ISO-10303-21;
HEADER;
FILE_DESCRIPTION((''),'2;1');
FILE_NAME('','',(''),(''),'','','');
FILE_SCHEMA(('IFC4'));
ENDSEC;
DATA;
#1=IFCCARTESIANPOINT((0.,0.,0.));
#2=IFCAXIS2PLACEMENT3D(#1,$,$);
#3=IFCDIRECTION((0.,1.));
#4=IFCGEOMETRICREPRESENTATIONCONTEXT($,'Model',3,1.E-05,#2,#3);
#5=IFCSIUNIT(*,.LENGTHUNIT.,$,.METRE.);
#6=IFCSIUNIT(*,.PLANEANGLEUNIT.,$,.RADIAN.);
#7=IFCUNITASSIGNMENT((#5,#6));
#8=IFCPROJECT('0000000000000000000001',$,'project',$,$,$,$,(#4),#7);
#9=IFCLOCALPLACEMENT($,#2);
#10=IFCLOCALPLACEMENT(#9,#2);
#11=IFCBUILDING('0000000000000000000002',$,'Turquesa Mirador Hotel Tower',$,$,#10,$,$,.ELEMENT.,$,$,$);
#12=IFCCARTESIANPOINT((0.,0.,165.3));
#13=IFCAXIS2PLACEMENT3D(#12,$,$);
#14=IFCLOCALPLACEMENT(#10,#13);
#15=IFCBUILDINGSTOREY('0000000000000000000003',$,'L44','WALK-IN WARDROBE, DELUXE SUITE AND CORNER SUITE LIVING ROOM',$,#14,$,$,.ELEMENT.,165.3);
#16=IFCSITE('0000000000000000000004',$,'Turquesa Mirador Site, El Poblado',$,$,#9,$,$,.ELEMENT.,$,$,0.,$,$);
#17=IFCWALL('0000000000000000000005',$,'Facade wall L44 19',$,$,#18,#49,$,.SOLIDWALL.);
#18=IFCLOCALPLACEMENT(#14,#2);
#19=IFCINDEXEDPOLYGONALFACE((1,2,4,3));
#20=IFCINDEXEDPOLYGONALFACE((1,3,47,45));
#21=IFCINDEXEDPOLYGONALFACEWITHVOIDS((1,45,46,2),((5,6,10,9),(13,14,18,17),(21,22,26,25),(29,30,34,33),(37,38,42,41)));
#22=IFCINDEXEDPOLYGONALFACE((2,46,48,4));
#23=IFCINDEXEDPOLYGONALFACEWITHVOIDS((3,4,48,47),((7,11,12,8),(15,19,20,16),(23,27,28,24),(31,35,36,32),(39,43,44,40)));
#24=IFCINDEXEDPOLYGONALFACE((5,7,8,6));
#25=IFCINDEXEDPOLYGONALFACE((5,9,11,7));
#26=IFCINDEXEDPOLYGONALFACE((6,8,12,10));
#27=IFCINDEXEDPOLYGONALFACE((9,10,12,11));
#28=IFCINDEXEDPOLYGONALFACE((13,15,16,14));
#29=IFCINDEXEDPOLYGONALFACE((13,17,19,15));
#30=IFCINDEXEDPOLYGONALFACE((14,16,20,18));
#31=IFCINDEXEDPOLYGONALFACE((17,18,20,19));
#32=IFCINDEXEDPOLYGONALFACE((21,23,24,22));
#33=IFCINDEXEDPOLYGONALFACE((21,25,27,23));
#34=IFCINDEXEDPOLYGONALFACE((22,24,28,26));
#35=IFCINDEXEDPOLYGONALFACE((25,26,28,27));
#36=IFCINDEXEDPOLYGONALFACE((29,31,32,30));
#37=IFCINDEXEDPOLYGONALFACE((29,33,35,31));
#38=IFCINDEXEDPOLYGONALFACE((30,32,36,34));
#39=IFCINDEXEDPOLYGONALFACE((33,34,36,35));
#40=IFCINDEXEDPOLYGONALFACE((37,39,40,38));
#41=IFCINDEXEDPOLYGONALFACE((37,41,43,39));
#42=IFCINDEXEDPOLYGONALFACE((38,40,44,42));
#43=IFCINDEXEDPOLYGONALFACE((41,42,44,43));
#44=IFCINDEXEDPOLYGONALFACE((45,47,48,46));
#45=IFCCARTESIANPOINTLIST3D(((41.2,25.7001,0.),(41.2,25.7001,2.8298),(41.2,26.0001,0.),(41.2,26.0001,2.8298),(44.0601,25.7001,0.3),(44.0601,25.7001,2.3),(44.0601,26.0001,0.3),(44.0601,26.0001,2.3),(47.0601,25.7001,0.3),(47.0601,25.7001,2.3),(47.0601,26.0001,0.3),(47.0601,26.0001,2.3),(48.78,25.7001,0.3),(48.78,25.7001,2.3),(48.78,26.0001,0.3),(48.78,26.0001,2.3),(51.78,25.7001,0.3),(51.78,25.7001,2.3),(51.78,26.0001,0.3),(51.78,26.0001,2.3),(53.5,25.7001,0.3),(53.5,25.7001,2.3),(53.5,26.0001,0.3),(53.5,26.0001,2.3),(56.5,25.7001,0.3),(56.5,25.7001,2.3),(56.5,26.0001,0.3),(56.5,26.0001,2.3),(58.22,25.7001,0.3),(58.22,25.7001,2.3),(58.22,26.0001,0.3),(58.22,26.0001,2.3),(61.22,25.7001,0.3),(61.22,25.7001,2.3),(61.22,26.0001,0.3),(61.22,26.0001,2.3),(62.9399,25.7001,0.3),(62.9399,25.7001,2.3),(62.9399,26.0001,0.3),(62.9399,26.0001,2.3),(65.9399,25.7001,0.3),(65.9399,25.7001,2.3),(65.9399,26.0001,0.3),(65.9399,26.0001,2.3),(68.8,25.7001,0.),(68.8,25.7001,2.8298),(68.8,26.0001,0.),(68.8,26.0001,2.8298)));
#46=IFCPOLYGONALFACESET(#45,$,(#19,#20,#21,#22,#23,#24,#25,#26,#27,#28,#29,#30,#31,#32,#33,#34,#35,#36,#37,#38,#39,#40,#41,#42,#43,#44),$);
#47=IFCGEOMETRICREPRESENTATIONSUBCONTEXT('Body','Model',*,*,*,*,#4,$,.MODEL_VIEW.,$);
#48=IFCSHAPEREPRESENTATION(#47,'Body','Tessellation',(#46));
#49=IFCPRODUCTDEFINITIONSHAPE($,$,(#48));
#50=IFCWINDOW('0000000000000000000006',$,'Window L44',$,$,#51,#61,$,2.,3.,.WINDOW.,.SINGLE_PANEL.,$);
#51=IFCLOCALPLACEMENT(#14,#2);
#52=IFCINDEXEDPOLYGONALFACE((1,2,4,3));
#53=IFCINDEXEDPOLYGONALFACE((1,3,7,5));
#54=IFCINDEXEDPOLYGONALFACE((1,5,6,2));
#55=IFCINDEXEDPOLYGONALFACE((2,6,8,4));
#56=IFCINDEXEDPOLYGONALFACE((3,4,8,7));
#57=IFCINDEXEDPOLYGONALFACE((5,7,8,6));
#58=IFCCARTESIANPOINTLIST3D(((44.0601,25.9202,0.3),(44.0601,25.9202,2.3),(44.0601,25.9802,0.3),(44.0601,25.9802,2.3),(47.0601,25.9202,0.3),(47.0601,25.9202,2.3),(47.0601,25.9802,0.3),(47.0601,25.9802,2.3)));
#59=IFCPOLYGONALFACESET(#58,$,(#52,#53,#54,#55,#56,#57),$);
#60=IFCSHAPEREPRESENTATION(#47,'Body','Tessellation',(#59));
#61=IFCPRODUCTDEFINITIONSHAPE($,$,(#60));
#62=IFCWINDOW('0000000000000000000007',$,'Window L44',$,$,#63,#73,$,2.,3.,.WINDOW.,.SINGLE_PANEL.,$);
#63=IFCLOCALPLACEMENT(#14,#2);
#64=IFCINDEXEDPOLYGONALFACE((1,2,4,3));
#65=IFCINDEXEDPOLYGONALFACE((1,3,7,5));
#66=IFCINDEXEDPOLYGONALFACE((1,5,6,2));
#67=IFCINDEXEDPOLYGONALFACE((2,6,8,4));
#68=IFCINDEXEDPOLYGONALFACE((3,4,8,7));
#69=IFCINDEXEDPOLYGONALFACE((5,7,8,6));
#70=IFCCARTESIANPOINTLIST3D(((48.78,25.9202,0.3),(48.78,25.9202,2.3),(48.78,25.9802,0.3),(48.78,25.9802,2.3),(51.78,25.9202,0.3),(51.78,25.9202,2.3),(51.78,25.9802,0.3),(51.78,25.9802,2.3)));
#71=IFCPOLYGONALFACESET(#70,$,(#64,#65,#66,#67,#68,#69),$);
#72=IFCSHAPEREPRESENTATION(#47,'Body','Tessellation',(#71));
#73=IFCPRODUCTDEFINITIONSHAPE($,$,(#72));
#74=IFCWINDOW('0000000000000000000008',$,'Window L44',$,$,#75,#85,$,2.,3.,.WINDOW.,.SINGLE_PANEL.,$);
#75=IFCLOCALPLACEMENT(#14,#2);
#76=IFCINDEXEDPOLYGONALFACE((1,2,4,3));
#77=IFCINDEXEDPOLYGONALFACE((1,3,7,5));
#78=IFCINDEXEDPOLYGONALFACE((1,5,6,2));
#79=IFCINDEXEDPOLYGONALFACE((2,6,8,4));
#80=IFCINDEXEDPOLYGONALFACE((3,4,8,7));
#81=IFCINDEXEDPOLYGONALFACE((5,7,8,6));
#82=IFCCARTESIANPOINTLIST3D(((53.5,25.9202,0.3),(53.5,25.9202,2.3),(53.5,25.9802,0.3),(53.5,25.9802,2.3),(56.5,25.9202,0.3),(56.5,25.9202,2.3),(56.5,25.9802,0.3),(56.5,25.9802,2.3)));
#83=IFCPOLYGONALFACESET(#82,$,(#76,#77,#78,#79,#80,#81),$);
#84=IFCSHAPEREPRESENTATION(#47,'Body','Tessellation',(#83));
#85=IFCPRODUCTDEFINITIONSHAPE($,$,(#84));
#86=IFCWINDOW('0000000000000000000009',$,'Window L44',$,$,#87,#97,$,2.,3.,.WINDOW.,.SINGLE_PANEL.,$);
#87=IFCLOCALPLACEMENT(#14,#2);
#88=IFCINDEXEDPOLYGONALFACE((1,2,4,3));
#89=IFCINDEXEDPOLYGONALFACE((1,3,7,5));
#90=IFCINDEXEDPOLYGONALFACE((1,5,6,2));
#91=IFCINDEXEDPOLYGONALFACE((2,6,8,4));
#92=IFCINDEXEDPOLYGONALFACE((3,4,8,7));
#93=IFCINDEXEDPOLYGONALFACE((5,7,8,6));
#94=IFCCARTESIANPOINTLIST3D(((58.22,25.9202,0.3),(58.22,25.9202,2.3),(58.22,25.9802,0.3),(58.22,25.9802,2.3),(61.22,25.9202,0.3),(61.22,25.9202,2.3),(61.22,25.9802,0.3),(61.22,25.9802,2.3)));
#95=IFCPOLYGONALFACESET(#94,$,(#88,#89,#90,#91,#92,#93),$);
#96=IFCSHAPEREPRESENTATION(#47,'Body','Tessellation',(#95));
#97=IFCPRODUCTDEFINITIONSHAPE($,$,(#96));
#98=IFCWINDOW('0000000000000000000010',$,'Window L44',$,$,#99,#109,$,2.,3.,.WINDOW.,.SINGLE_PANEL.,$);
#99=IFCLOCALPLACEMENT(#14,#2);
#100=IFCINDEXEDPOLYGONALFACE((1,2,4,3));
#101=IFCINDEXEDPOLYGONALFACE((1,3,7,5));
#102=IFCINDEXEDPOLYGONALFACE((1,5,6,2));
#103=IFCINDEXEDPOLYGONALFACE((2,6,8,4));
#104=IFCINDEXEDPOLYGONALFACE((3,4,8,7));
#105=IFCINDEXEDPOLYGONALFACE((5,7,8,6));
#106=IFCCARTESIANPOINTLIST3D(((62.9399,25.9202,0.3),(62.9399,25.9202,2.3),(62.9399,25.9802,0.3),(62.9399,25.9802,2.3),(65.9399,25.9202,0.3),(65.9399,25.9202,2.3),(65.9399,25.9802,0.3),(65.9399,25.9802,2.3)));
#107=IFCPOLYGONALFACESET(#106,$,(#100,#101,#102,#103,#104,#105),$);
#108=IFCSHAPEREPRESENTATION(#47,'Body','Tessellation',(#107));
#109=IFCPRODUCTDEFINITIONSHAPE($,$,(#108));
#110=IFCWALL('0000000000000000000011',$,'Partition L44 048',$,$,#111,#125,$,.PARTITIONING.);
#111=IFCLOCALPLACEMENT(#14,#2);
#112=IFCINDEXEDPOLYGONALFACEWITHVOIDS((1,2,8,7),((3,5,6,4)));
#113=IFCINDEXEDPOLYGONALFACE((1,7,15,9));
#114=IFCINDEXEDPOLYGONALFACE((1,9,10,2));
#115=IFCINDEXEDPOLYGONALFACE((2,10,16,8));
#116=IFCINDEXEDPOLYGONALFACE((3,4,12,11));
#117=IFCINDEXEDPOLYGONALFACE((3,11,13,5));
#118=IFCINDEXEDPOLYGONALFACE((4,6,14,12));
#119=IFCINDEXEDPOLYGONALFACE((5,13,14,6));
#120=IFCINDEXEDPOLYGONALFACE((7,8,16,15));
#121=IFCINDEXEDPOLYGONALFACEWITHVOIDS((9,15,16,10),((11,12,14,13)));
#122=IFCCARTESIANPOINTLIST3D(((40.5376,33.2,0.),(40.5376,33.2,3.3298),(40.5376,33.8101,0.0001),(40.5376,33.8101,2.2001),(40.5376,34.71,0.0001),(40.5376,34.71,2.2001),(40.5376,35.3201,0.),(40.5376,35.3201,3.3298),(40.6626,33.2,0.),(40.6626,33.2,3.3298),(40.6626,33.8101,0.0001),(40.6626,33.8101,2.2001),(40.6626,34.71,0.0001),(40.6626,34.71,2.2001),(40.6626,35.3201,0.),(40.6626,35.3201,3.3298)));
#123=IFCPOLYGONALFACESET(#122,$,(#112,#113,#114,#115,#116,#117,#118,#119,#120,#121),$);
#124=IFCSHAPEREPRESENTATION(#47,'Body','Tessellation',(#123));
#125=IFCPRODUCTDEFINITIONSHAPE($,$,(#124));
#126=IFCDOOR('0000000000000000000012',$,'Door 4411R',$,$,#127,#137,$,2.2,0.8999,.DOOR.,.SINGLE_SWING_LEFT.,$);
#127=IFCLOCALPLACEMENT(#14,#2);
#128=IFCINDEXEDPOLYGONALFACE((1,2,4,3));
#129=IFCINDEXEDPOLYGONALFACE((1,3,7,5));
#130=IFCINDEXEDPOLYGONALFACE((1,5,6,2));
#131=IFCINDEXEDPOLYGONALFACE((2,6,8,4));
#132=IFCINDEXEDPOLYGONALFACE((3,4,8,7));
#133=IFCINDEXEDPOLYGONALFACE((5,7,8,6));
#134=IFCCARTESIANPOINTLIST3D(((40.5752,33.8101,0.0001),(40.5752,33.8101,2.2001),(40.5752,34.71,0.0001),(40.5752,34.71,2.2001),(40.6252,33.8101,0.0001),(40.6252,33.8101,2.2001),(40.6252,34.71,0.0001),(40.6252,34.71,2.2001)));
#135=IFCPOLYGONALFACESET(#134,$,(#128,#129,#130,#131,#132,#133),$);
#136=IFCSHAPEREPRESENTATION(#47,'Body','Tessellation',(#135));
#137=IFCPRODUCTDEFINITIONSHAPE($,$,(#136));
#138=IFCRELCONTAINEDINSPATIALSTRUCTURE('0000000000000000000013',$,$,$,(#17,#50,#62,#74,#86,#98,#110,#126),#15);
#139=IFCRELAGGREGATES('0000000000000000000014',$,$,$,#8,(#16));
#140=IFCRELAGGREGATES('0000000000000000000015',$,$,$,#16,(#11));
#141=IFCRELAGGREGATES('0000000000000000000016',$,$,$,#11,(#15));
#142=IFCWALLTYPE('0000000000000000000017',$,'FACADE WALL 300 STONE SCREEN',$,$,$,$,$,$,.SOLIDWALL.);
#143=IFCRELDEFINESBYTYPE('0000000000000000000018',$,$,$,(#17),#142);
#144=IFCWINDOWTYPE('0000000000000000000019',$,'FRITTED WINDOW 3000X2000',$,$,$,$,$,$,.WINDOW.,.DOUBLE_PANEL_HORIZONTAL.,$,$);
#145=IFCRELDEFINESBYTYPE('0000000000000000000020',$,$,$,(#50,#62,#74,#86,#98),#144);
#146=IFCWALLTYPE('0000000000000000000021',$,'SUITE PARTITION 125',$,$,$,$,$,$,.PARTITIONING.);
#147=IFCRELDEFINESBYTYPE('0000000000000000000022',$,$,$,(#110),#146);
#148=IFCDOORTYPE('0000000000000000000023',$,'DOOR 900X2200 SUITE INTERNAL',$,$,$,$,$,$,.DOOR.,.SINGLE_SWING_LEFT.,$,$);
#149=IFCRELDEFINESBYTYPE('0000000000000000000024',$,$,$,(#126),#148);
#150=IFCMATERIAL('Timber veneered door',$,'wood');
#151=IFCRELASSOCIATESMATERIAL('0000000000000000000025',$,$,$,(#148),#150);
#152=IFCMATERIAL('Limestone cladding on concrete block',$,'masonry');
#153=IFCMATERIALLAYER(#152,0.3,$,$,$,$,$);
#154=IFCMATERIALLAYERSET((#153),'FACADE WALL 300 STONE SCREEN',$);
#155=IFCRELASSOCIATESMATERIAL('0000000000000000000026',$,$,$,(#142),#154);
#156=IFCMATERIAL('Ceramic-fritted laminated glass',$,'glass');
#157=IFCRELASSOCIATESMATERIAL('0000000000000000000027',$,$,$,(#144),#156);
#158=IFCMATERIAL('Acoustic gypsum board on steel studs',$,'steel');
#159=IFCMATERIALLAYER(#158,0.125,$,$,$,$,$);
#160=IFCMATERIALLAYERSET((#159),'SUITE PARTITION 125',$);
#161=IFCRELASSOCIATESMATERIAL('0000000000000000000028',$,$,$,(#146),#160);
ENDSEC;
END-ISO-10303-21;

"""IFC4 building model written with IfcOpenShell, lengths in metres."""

from ifc_helpers import new_model, si_unit, direction, frame, frame_2d, origin, place, context, subcontext, project, spatial, rectangle, extrude, material, layer, layer_set, type_object, element, fill, save


model = new_model("IFC4")

# Units and contexts
model_context = context("Model", 3, precision=1e-05, world=origin(), true_north=direction((0.0, 1.0)))
body_context = subcontext(model_context, "Body", "Model", "MODEL_VIEW")
ifc_project = project(units=[si_unit("LENGTHUNIT", "METRE"), si_unit("PLANEANGLEUNIT", "RADIAN")], contexts=[model_context])

# Site, building, storey
site_placement = place(None, origin())
site = spatial("IfcSite", under=ifc_project, at=site_placement, Name="Turquesa Mirador Site, El Poblado", CompositionType="ELEMENT", RefElevation=0.0)
building_placement = place(site_placement, origin())
building = spatial("IfcBuilding", under=site, at=building_placement, Name="Turquesa Mirador Hotel Tower", CompositionType="ELEMENT")
storey_placement = place(building_placement, frame((0.0, 0.0, 165.3)))
storey = spatial("IfcBuildingStorey", under=building, at=storey_placement, Name="L44", Description="WALK-IN WARDROBE, DELUXE SUITE AND CORNER SUITE LIVING ROOM", CompositionType="ELEMENT", Elevation=165.3)

# Shared definitions
ifc_material_1 = material(Name="Timber veneered door", Category="wood")
door_type_1 = type_object("IfcDoorType", Name="DOOR 900X2200 SUITE INTERNAL", OperationType="SINGLE_SWING_LEFT", PredefinedType="DOOR", material=ifc_material_1)

# Shared definitions
ifc_material_2 = material(Name="Limestone cladding on concrete block", Category="masonry")
ifc_layer_1 = layer(ifc_material_2, 0.3)
ifc_layer_set_1 = layer_set([ifc_layer_1], Name="FACADE WALL 300 STONE SCREEN")
wall_type_1 = type_object("IfcWallType", Name="FACADE WALL 300 STONE SCREEN", PredefinedType="SOLIDWALL", material=ifc_layer_set_1)

# Wall, openings, windows
wall_1_placement = place(storey_placement, frame((41.2, 25.8501, 0.0), z_axis=(0.0, 0.0, 1.0), x_axis=(1.0, 0.0, 0.0)))
wall_1 = element("IfcWall", 1, at=wall_1_placement, inside=storey, type_object=wall_type_1, Name="Facade wall L44 19", PredefinedType="SOLIDWALL", context=body_context, shape_type="SweptSolid", body=[
    extrude(rectangle(XDim=27.6001, YDim=0.3, at=frame_2d((13.8, 0.0))), origin(), (0.0, 0.0, 1.0), 2.8298),
])
opening_1_placement = place(wall_1_placement, frame((2.8601, 0.0, 0.3)))
opening_1 = element("IfcOpeningElement", 2, at=opening_1_placement, cuts=wall_1, PredefinedType="OPENING", context=body_context, shape_type="SweptSolid", body=[
    extrude(rectangle(XDim=3.0, YDim=2.0, at=frame_2d((1.5, 1.0))), frame((0.0, 0.1599, 0.0), z_axis=(0.0, -1.0, 0.0), x_axis=(1.0, 0.0, 0.0)), (0.0, 0.0, 1.0), 0.3201),
])
opening_2_placement = place(wall_1_placement, frame((7.5801, 0.0, 0.3)))
opening_2 = element("IfcOpeningElement", 3, at=opening_2_placement, cuts=wall_1, PredefinedType="OPENING", context=body_context, shape_type="SweptSolid", body=[
    extrude(rectangle(XDim=3.0, YDim=2.0, at=frame_2d((1.5, 1.0))), frame((0.0, 0.1599, 0.0), z_axis=(0.0, -1.0, 0.0), x_axis=(1.0, 0.0, 0.0)), (0.0, 0.0, 1.0), 0.3201),
])
opening_3_placement = place(wall_1_placement, frame((12.3, 0.0, 0.3)))
opening_3 = element("IfcOpeningElement", 4, at=opening_3_placement, cuts=wall_1, PredefinedType="OPENING", context=body_context, shape_type="SweptSolid", body=[
    extrude(rectangle(XDim=3.0, YDim=2.0, at=frame_2d((1.5, 1.0))), frame((0.0, 0.1599, 0.0), z_axis=(0.0, -1.0, 0.0), x_axis=(1.0, 0.0, 0.0)), (0.0, 0.0, 1.0), 0.3201),
])
opening_4_placement = place(wall_1_placement, frame((17.02, 0.0, 0.3)))
opening_4 = element("IfcOpeningElement", 5, at=opening_4_placement, cuts=wall_1, PredefinedType="OPENING", context=body_context, shape_type="SweptSolid", body=[
    extrude(rectangle(XDim=3.0, YDim=2.0, at=frame_2d((1.5, 1.0))), frame((0.0, 0.1599, 0.0), z_axis=(0.0, -1.0, 0.0), x_axis=(1.0, 0.0, 0.0)), (0.0, 0.0, 1.0), 0.3201),
])
opening_5_placement = place(wall_1_placement, frame((21.74, 0.0, 0.3)))
opening_5 = element("IfcOpeningElement", 6, at=opening_5_placement, cuts=wall_1, PredefinedType="OPENING", context=body_context, shape_type="SweptSolid", body=[
    extrude(rectangle(XDim=3.0, YDim=2.0, at=frame_2d((1.5, 1.0))), frame((0.0, 0.1599, 0.0), z_axis=(0.0, -1.0, 0.0), x_axis=(1.0, 0.0, 0.0)), (0.0, 0.0, 1.0), 0.3201),
])
ifc_material_3 = material(Name="Ceramic-fritted laminated glass", Category="glass")
window_type_1 = type_object("IfcWindowType", Name="FRITTED WINDOW 3000X2000", PartitioningType="DOUBLE_PANEL_HORIZONTAL", PredefinedType="WINDOW", material=ifc_material_3)
window_1_placement = place(opening_1_placement, origin())
window_1 = element("IfcWindow", 7, at=window_1_placement, inside=storey, type_object=window_type_1, Name="Window L44", OverallHeight=2.0, OverallWidth=3.0, PartitioningType="SINGLE_PANEL", PredefinedType="WINDOW", context=body_context, shape_type="SweptSolid", body=[
    extrude(rectangle(XDim=3.0, YDim=2.0, at=frame_2d((1.5, 1.0))), frame((0.0, 0.1301, 0.0), z_axis=(0.0, -1.0, 0.0), x_axis=(1.0, 0.0, 0.0)), (0.0, 0.0, 1.0), 0.0601),
])
fill(opening_1, window_1)
window_2_placement = place(opening_2_placement, origin())
window_2 = element("IfcWindow", 8, at=window_2_placement, inside=storey, type_object=window_type_1, Name="Window L44", OverallHeight=2.0, OverallWidth=3.0, PartitioningType="SINGLE_PANEL", PredefinedType="WINDOW", context=body_context, shape_type="SweptSolid", body=[
    extrude(rectangle(XDim=3.0, YDim=2.0, at=frame_2d((1.5, 1.0))), frame((0.0, 0.1301, 0.0), z_axis=(0.0, -1.0, 0.0), x_axis=(1.0, 0.0, 0.0)), (0.0, 0.0, 1.0), 0.0601),
])
fill(opening_2, window_2)
window_3_placement = place(opening_3_placement, origin())
window_3 = element("IfcWindow", 9, at=window_3_placement, inside=storey, type_object=window_type_1, Name="Window L44", OverallHeight=2.0, OverallWidth=3.0, PartitioningType="SINGLE_PANEL", PredefinedType="WINDOW", context=body_context, shape_type="SweptSolid", body=[
    extrude(rectangle(XDim=3.0, YDim=2.0, at=frame_2d((1.5, 1.0))), frame((0.0, 0.1301, 0.0), z_axis=(0.0, -1.0, 0.0), x_axis=(1.0, 0.0, 0.0)), (0.0, 0.0, 1.0), 0.0601),
])
fill(opening_3, window_3)
window_4_placement = place(opening_4_placement, origin())
window_4 = element("IfcWindow", 10, at=window_4_placement, inside=storey, type_object=window_type_1, Name="Window L44", OverallHeight=2.0, OverallWidth=3.0, PartitioningType="SINGLE_PANEL", PredefinedType="WINDOW", context=body_context, shape_type="SweptSolid", body=[
    extrude(rectangle(XDim=3.0, YDim=2.0, at=frame_2d((1.5, 1.0))), frame((0.0, 0.1301, 0.0), z_axis=(0.0, -1.0, 0.0), x_axis=(1.0, 0.0, 0.0)), (0.0, 0.0, 1.0), 0.0601),
])
fill(opening_4, window_4)
window_5_placement = place(opening_5_placement, origin())
window_5 = element("IfcWindow", 11, at=window_5_placement, inside=storey, type_object=window_type_1, Name="Window L44", OverallHeight=2.0, OverallWidth=3.0, PartitioningType="SINGLE_PANEL", PredefinedType="WINDOW", context=body_context, shape_type="SweptSolid", body=[
    extrude(rectangle(XDim=3.0, YDim=2.0, at=frame_2d((1.5, 1.0))), frame((0.0, 0.1301, 0.0), z_axis=(0.0, -1.0, 0.0), x_axis=(1.0, 0.0, 0.0)), (0.0, 0.0, 1.0), 0.0601),
])
fill(opening_5, window_5)

# Wall, opening, door
ifc_material_4 = material(Name="Acoustic gypsum board on steel studs", Category="steel")
ifc_layer_2 = layer(ifc_material_4, 0.125)
ifc_layer_set_2 = layer_set([ifc_layer_2], Name="SUITE PARTITION 125")
wall_type_2 = type_object("IfcWallType", Name="SUITE PARTITION 125", PredefinedType="PARTITIONING", material=ifc_layer_set_2)
wall_2_placement = place(storey_placement, frame((40.6001, 33.2, 0.0), z_axis=(0.0, 0.0, 1.0), x_axis=(0.0, 1.0, 0.0)))
wall_2 = element("IfcWall", 12, at=wall_2_placement, inside=storey, type_object=wall_type_2, Name="Partition L44 048", PredefinedType="PARTITIONING", context=body_context, shape_type="SweptSolid", body=[
    extrude(rectangle(XDim=2.1201, YDim=0.125, at=frame_2d((1.0601, 0.0))), origin(), (0.0, 0.0, 1.0), 3.3298),
])
opening_6_placement = place(wall_2_placement, frame((0.6101, 0.0, 0.0)))
opening_6 = element("IfcOpeningElement", 13, at=opening_6_placement, cuts=wall_2, PredefinedType="OPENING", context=body_context, shape_type="SweptSolid", body=[
    extrude(rectangle(XDim=0.8999, YDim=2.2, at=frame_2d((0.45, 1.1001))), frame((0.0, 0.0725, 0.0), z_axis=(0.0, -1.0, 0.0), x_axis=(1.0, 0.0, 0.0)), (0.0, 0.0, 1.0), 0.145),
])
door_1_placement = place(opening_6_placement, origin())
door_1 = element("IfcDoor", 14, at=door_1_placement, inside=storey, type_object=door_type_1, Name="Door 4411R", OperationType="SINGLE_SWING_LEFT", OverallHeight=2.2, OverallWidth=0.8999, PredefinedType="DOOR", context=body_context, shape_type="SweptSolid", body=[
    extrude(rectangle(XDim=0.8999, YDim=2.2, at=frame_2d((0.45, 1.1001))), frame((0.0, 0.0249, 0.0), z_axis=(0.0, -1.0, 0.0), x_axis=(1.0, 0.0, 0.0)), (0.0, 0.0, 1.0), 0.05),
])
fill(opening_6, door_1)

save(model, "model.ifc")
